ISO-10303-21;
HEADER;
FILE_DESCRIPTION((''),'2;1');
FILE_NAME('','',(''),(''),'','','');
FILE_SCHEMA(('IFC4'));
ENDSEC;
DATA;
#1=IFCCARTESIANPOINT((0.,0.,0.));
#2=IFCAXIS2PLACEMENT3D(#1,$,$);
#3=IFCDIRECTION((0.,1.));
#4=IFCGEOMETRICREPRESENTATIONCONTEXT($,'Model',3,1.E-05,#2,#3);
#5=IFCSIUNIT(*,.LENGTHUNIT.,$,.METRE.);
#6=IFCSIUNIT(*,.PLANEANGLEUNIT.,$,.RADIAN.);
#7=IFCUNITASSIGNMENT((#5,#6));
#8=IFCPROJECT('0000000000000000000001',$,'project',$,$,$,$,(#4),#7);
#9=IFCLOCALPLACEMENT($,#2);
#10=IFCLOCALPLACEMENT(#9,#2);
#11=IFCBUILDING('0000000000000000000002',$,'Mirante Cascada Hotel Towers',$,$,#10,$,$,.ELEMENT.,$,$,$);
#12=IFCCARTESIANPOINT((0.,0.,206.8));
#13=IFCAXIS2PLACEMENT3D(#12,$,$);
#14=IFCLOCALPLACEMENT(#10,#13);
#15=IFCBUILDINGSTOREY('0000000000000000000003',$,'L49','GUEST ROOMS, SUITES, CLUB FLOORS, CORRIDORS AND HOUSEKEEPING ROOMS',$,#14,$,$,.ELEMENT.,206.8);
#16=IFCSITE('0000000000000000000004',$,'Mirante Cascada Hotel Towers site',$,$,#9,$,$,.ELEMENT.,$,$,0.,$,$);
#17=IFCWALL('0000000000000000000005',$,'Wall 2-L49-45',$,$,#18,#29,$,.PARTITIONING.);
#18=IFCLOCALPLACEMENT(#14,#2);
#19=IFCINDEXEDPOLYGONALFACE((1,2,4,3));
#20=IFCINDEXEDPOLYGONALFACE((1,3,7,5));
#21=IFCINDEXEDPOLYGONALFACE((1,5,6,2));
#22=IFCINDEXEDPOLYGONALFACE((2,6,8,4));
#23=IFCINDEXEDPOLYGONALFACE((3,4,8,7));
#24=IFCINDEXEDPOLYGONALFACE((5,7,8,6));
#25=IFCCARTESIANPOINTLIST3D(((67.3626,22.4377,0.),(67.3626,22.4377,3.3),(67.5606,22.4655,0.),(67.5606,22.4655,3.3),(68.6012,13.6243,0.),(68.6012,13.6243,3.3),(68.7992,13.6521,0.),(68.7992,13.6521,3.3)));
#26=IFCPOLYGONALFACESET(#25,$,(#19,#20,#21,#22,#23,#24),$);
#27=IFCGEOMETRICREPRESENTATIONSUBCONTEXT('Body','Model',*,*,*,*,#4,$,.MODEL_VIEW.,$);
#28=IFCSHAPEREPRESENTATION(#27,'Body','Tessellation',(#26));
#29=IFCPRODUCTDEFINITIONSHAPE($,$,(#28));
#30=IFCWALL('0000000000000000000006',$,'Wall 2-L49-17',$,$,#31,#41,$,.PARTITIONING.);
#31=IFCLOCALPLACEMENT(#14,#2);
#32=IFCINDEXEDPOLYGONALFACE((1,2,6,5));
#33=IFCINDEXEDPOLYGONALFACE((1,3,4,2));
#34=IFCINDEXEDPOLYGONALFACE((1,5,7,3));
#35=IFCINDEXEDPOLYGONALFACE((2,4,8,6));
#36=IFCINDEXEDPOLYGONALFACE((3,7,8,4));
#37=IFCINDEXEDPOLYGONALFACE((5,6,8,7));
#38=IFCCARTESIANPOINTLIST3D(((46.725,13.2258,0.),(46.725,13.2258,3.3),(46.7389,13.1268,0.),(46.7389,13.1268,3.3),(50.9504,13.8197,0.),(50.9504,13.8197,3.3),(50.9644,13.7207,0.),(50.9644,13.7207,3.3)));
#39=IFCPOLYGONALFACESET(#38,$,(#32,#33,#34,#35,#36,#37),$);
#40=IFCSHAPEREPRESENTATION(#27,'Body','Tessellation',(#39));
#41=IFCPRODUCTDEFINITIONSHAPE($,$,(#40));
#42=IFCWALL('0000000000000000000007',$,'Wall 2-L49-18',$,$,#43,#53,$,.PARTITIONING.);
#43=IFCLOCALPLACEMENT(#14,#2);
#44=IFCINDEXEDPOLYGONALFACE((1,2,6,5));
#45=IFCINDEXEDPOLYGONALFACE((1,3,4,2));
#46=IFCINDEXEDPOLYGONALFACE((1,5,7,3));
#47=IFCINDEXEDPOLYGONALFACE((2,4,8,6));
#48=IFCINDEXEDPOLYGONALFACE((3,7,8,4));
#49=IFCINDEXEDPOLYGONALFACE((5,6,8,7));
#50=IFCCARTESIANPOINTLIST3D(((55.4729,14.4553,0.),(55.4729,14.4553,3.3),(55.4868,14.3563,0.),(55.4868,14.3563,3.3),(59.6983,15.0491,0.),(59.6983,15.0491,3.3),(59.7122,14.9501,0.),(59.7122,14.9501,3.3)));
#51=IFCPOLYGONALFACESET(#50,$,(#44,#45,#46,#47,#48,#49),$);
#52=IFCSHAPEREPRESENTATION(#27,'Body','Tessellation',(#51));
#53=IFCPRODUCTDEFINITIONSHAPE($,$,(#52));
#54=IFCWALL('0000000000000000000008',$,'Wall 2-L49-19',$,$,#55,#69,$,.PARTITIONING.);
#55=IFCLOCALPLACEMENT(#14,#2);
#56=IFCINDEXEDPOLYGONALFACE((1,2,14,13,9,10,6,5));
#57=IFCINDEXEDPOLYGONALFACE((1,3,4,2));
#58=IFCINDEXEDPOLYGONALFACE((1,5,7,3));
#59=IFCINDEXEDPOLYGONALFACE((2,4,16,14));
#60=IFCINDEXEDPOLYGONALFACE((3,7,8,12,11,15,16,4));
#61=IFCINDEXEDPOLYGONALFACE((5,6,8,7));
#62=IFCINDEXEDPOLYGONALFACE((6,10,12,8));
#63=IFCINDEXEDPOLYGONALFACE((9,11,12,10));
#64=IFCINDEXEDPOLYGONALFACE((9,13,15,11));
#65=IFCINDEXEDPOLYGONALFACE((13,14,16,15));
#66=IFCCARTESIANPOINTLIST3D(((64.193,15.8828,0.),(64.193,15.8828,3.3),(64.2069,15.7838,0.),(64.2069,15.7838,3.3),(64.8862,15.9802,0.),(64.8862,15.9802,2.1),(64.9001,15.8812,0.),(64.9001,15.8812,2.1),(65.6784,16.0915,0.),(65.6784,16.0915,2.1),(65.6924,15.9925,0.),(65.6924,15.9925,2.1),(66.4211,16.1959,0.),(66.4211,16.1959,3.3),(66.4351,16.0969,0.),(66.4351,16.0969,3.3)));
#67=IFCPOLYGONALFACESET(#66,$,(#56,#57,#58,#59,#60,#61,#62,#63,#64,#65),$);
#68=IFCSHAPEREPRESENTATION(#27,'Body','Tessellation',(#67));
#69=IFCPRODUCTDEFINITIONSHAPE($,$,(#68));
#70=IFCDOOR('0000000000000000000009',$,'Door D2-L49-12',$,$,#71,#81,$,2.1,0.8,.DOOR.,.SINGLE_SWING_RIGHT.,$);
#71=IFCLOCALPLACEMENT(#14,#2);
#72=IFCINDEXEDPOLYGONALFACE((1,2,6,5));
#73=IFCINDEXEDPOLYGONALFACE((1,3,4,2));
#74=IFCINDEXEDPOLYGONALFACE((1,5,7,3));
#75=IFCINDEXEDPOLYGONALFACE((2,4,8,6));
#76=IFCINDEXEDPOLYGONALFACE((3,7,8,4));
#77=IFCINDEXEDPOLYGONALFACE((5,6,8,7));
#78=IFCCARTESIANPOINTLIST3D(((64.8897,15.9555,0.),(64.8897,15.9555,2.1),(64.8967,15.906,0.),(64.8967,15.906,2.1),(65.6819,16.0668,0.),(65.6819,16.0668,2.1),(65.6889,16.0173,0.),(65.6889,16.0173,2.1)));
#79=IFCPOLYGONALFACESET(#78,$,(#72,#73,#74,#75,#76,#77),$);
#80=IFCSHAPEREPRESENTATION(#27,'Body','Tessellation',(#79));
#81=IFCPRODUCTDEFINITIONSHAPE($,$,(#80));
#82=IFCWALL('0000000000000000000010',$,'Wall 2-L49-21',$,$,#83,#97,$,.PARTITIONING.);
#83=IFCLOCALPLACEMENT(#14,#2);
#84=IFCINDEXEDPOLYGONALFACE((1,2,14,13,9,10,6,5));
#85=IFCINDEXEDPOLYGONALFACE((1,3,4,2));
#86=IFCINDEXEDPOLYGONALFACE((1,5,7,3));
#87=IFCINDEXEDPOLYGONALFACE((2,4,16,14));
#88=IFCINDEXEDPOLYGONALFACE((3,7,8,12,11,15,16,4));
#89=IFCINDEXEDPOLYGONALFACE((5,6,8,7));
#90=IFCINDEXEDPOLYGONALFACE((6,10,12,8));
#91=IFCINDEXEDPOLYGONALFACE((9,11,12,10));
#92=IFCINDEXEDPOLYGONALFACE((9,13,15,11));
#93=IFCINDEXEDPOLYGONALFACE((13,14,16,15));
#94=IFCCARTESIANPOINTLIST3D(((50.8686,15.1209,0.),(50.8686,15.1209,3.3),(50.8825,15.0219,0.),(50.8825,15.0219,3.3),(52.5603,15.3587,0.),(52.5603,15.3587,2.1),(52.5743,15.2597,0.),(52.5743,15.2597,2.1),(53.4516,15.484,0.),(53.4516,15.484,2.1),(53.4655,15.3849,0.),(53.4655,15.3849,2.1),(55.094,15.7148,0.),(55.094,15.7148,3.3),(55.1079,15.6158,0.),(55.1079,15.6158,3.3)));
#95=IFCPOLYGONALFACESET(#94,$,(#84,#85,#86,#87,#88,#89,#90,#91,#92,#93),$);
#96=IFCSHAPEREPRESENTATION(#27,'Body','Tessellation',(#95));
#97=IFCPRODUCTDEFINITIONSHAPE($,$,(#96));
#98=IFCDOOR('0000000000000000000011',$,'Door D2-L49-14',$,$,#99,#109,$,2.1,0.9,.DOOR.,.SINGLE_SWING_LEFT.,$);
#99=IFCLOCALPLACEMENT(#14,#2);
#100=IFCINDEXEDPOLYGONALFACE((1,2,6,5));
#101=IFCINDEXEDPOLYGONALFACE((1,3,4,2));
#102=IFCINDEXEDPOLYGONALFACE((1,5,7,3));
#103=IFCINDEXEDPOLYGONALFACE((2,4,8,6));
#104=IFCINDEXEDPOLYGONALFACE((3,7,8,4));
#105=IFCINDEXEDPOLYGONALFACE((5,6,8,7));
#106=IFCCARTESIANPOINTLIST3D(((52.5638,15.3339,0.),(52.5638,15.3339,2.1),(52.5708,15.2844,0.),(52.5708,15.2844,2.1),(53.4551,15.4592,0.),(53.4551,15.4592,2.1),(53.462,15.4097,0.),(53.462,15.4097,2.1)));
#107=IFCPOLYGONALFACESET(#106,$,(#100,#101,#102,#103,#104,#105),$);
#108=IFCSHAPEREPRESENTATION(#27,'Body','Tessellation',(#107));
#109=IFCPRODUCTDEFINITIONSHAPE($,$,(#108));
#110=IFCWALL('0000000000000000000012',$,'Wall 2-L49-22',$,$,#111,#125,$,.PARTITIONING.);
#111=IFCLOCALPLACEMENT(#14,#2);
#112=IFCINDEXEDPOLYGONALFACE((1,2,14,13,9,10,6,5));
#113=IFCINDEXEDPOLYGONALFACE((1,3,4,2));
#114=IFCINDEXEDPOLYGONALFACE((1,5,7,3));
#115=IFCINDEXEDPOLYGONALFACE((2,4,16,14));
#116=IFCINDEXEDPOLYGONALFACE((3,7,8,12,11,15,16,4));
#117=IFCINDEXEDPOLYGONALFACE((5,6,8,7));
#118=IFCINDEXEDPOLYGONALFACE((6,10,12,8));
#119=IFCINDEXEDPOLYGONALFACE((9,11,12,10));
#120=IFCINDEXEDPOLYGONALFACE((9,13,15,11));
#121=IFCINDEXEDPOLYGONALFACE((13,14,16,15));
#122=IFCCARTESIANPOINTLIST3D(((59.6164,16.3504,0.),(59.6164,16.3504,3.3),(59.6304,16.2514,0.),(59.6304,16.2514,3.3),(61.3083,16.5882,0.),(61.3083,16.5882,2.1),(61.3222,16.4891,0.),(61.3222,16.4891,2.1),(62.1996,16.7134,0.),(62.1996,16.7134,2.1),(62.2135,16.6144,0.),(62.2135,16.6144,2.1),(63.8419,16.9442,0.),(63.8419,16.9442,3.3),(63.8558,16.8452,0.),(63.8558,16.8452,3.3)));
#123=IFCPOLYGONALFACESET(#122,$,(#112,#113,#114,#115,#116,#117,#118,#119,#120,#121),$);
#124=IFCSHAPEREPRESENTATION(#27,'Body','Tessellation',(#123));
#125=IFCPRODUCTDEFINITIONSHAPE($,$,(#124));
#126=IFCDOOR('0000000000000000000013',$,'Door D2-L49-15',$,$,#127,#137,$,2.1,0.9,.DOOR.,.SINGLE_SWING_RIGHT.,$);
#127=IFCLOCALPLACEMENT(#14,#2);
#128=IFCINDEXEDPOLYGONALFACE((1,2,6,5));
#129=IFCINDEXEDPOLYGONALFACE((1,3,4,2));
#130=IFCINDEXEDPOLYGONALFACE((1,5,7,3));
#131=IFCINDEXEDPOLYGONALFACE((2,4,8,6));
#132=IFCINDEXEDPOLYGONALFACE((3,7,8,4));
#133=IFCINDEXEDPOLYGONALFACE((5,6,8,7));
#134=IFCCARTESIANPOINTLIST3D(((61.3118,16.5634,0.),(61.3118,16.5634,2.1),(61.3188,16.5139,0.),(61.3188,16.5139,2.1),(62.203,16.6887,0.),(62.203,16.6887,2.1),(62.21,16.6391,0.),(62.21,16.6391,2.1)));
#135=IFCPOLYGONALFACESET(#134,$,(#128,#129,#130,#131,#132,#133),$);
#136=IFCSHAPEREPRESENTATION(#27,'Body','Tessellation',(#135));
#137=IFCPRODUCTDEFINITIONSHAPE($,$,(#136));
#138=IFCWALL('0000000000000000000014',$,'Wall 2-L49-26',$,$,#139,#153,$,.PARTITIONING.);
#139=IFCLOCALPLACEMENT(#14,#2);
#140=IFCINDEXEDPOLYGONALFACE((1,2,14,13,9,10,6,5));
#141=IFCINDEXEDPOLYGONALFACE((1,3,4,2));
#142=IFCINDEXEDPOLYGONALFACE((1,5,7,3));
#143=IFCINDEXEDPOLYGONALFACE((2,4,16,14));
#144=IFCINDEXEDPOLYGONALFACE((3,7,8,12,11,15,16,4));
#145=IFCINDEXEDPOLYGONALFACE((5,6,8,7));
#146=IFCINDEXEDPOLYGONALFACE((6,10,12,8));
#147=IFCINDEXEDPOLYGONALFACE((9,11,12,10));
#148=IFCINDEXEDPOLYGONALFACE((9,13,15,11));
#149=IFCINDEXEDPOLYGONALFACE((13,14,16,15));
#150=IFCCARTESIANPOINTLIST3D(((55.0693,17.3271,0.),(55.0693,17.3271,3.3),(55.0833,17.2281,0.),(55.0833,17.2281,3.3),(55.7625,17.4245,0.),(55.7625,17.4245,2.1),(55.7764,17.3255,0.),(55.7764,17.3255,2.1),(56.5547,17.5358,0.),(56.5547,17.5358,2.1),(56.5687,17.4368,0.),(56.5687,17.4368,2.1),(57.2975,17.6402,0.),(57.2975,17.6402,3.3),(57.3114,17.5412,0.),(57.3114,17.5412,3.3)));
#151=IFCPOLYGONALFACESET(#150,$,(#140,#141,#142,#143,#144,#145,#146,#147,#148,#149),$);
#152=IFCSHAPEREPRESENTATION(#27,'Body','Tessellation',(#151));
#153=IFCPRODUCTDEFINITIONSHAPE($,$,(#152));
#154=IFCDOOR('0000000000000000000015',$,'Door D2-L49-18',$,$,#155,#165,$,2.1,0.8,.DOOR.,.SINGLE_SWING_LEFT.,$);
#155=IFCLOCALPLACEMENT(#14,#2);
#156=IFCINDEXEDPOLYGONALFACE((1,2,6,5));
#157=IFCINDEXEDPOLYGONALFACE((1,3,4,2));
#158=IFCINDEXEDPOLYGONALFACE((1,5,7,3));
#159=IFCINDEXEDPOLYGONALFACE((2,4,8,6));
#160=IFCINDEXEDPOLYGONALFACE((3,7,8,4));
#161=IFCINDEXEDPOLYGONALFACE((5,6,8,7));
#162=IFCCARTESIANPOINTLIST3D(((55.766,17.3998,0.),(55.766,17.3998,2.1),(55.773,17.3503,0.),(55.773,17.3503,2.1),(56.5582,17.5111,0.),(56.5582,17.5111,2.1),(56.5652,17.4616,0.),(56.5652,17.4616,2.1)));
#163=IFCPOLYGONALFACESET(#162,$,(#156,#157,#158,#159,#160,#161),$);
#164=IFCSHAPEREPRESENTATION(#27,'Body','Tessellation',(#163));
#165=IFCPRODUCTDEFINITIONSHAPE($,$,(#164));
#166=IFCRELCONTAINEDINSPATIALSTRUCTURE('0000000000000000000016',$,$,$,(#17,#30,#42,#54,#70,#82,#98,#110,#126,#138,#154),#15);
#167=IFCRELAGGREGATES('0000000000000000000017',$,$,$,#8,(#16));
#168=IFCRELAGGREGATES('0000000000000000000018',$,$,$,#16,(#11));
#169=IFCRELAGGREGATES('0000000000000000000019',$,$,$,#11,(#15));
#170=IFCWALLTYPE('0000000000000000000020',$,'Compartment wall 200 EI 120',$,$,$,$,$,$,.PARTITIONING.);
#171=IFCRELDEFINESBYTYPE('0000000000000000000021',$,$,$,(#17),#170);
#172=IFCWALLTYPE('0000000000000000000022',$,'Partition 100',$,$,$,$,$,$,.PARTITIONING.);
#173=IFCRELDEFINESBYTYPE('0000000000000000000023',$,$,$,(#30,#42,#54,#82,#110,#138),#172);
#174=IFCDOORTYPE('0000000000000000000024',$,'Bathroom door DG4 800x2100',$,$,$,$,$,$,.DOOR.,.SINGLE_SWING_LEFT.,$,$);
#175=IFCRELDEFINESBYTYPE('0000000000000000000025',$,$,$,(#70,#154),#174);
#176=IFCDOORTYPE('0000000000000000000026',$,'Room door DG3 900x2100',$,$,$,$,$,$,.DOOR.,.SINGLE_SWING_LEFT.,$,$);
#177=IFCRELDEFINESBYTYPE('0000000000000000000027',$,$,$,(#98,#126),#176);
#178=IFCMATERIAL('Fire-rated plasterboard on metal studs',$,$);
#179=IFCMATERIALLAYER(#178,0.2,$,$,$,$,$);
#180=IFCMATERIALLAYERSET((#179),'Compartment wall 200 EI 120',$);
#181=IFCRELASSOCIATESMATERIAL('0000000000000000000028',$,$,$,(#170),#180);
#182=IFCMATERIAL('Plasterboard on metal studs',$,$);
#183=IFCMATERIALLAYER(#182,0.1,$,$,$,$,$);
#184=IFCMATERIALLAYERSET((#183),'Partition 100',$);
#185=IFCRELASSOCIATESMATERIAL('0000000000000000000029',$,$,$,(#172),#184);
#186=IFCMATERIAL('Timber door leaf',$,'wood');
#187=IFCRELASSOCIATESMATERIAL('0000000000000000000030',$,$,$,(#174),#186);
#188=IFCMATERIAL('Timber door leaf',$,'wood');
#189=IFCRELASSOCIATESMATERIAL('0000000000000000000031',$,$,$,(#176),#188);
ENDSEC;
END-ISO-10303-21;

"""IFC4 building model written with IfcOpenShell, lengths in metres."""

from ifc_helpers import new_model, si_unit, direction, frame, frame_2d, origin, place, context, subcontext, project, spatial, rectangle, extrude, material, layer, layer_set, type_object, element, fill, save


model = new_model("IFC4")

# Units and contexts
model_context = context("Model", 3, precision=1e-05, world=origin(), true_north=direction((0.0, 1.0)))
body_context = subcontext(model_context, "Body", "Model", "MODEL_VIEW")
ifc_project = project(units=[si_unit("LENGTHUNIT", "METRE"), si_unit("PLANEANGLEUNIT", "RADIAN")], contexts=[model_context])

# Site, building, storey
site_placement = place(None, origin())
site = spatial("IfcSite", under=ifc_project, at=site_placement, Name="Mirante Cascada Hotel Towers site", CompositionType="ELEMENT", RefElevation=0.0)
building_placement = place(site_placement, origin())
building = spatial("IfcBuilding", under=site, at=building_placement, Name="Mirante Cascada Hotel Towers", CompositionType="ELEMENT")
storey_placement = place(building_placement, frame((0.0, 0.0, 206.8)))
storey = spatial("IfcBuildingStorey", under=building, at=storey_placement, Name="L49", Description="GUEST ROOMS, SUITES, CLUB FLOORS, CORRIDORS AND HOUSEKEEPING ROOMS", CompositionType="ELEMENT", Elevation=206.8)

# Walls
ifc_material_1 = material(Name="Fire-rated plasterboard on metal studs")
ifc_layer_1 = layer(ifc_material_1, 0.2)
ifc_layer_set_1 = layer_set([ifc_layer_1], Name="Compartment wall 200 EI 120")
wall_type_1 = type_object("IfcWallType", Name="Compartment wall 200 EI 120", PredefinedType="PARTITIONING", material=ifc_layer_set_1)
for number, where, z_axis, x_axis, name in (
    (1, (67.4616, 22.4516, 0.0), (0.0, 0.0, 1.0), (0.139168, -0.990269, 0.0), "Wall 2-L49-45"),
):
    element("IfcWall", number, at=place(storey_placement, frame(where, z_axis=z_axis, x_axis=x_axis)), inside=storey, type_object=wall_type_1, Name=name, PredefinedType="PARTITIONING", context=body_context, shape_type="SweptSolid", body=[
        extrude(rectangle(XDim=8.9, YDim=0.2, at=frame_2d((4.45, 0.0))), origin(), (0.0, 0.0, 1.0), 3.3),
    ])
ifc_material_2 = material(Name="Plasterboard on metal studs")
ifc_layer_2 = layer(ifc_material_2, 0.1)
ifc_layer_set_2 = layer_set([ifc_layer_2], Name="Partition 100")
wall_type_2 = type_object("IfcWallType", Name="Partition 100", PredefinedType="PARTITIONING", material=ifc_layer_set_2)
wall_1_placement = place(storey_placement, frame((50.9574, 13.7702, 0.0), z_axis=(0.0, 0.0, 1.0), x_axis=(-0.990267, -0.139183, 0.0)))
element("IfcWall", 2, at=wall_1_placement, inside=storey, type_object=wall_type_2, Name="Wall 2-L49-17", PredefinedType="PARTITIONING", context=body_context, shape_type="SweptSolid", body=[
    extrude(rectangle(XDim=4.267, YDim=0.1, at=frame_2d((2.1335, 0.0))), origin(), (0.0, 0.0, 1.0), 3.3),
])
wall_2_placement = place(storey_placement, frame((55.4799, 14.4058, 0.0), z_axis=(0.0, 0.0, 1.0), x_axis=(0.990269, 0.139164, 0.0)))
element("IfcWall", 3, at=wall_2_placement, inside=storey, type_object=wall_type_2, Name="Wall 2-L49-18", PredefinedType="PARTITIONING", context=body_context, shape_type="SweptSolid", body=[
    extrude(rectangle(XDim=4.2669, YDim=0.1, at=frame_2d((2.1334, 0.0))), origin(), (0.0, 0.0, 1.0), 3.3),
])

# Walls, openings, doors
wall_3_placement = place(storey_placement, frame((66.4281, 16.1464, 0.0), z_axis=(0.0, 0.0, 1.0), x_axis=(-0.990271, -0.139156, 0.0)))
wall_3 = element("IfcWall", 4, at=wall_3_placement, inside=storey, type_object=wall_type_2, Name="Wall 2-L49-19", PredefinedType="PARTITIONING", context=body_context, shape_type="SweptSolid", body=[
    extrude(rectangle(XDim=2.25, YDim=0.1, at=frame_2d((1.125, 0.0))), origin(), (0.0, 0.0, 1.0), 3.3),
])
opening_1_placement = place(wall_3_placement, frame((0.75, 0.0, 0.0)))
opening_1 = element("IfcOpeningElement", 5, at=opening_1_placement, cuts=wall_3, PredefinedType="OPENING", context=body_context, shape_type="SweptSolid", body=[
    extrude(rectangle(XDim=0.8, YDim=2.1, at=frame_2d((0.4, 1.05))), frame((0.0, 0.05, 0.0), z_axis=(0.0, -1.0, 0.0), x_axis=(1.0, 0.0, 0.0)), (0.0, 0.0, 1.0), 0.1),
])
ifc_material_3 = material(Name="Timber door leaf", Category="wood")
door_type_1 = type_object("IfcDoorType", Name="Bathroom door DG4 800x2100", OperationType="SINGLE_SWING_LEFT", PredefinedType="DOOR", material=ifc_material_3)
door_1_placement = place(opening_1_placement, frame((0.8, 0.0, 0.0), z_axis=(0.0, 0.0, 1.0), x_axis=(-1.0, 0.0, 0.0)))
door_1 = element("IfcDoor", 6, at=door_1_placement, inside=storey, type_object=door_type_1, Name="Door D2-L49-12", OperationType="SINGLE_SWING_RIGHT", OverallHeight=2.1, OverallWidth=0.8, PredefinedType="DOOR", context=body_context, shape_type="SweptSolid", body=[
    extrude(rectangle(XDim=0.8, YDim=2.1, at=frame_2d((0.4, 1.05))), frame((0.0, 0.025, 0.0), z_axis=(0.0, -1.0, 0.0), x_axis=(1.0, 0.0, 0.0)), (0.0, 0.0, 1.0), 0.05),
])
fill(opening_1, door_1)
wall_4_placement = place(storey_placement, frame((55.1009, 15.6653, 0.0), z_axis=(0.0, 0.0, 1.0), x_axis=(-0.990266, -0.139187, 0.0)))
wall_4 = element("IfcWall", 7, at=wall_4_placement, inside=storey, type_object=wall_type_2, Name="Wall 2-L49-21", PredefinedType="PARTITIONING", context=body_context, shape_type="SweptSolid", body=[
    extrude(rectangle(XDim=4.2669, YDim=0.1, at=frame_2d((2.1334, 0.0))), origin(), (0.0, 0.0, 1.0), 3.3),
])
opening_2_placement = place(wall_4_placement, frame((1.6585, 0.0, 0.0)))
opening_2 = element("IfcOpeningElement", 8, at=opening_2_placement, cuts=wall_4, PredefinedType="OPENING", context=body_context, shape_type="SweptSolid", body=[
    extrude(rectangle(XDim=0.9, YDim=2.1, at=frame_2d((0.45, 1.05))), frame((0.0, 0.05, 0.0), z_axis=(0.0, -1.0, 0.0), x_axis=(1.0, 0.0, 0.0)), (0.0, 0.0, 1.0), 0.1),
])
ifc_material_4 = material(Name="Timber door leaf", Category="wood")
door_type_2 = type_object("IfcDoorType", Name="Room door DG3 900x2100", OperationType="SINGLE_SWING_LEFT", PredefinedType="DOOR", material=ifc_material_4)
door_2_placement = place(opening_2_placement, origin())
door_2 = element("IfcDoor", 9, at=door_2_placement, inside=storey, type_object=door_type_2, Name="Door D2-L49-14", OperationType="SINGLE_SWING_LEFT", OverallHeight=2.1, OverallWidth=0.9, PredefinedType="DOOR", context=body_context, shape_type="SweptSolid", body=[
    extrude(rectangle(XDim=0.9, YDim=2.1, at=frame_2d((0.45, 1.05))), frame((0.0, 0.025, 0.0), z_axis=(0.0, -1.0, 0.0), x_axis=(1.0, 0.0, 0.0)), (0.0, 0.0, 1.0), 0.05),
])
fill(opening_2, door_2)
wall_5_placement = place(storey_placement, frame((59.6234, 16.3009, 0.0), z_axis=(0.0, 0.0, 1.0), x_axis=(0.99027, 0.13916, 0.0)))
wall_5 = element("IfcWall", 10, at=wall_5_placement, inside=storey, type_object=wall_type_2, Name="Wall 2-L49-22", PredefinedType="PARTITIONING", context=body_context, shape_type="SweptSolid", body=[
    extrude(rectangle(XDim=4.267, YDim=0.1, at=frame_2d((2.1335, 0.0))), origin(), (0.0, 0.0, 1.0), 3.3),
])
opening_3_placement = place(wall_5_placement, frame((1.7085, 0.0, 0.0)))
opening_3 = element("IfcOpeningElement", 11, at=opening_3_placement, cuts=wall_5, PredefinedType="OPENING", context=body_context, shape_type="SweptSolid", body=[
    extrude(rectangle(XDim=0.9, YDim=2.1, at=frame_2d((0.45, 1.05))), frame((0.0, 0.05, 0.0), z_axis=(0.0, -1.0, 0.0), x_axis=(1.0, 0.0, 0.0)), (0.0, 0.0, 1.0), 0.1),
])
door_3_placement = place(opening_3_placement, frame((0.9, 0.0, 0.0), z_axis=(0.0, 0.0, 1.0), x_axis=(-1.0, 0.0, 0.0)))
door_3 = element("IfcDoor", 12, at=door_3_placement, inside=storey, type_object=door_type_2, Name="Door D2-L49-15", OperationType="SINGLE_SWING_RIGHT", OverallHeight=2.1, OverallWidth=0.9, PredefinedType="DOOR", context=body_context, shape_type="SweptSolid", body=[
    extrude(rectangle(XDim=0.9, YDim=2.1, at=frame_2d((0.45, 1.05))), frame((0.0, 0.025, 0.0), z_axis=(0.0, -1.0, 0.0), x_axis=(1.0, 0.0, 0.0)), (0.0, 0.0, 1.0), 0.05),
])
fill(opening_3, door_3)
wall_6_placement = place(storey_placement, frame((55.0763, 17.2776, 0.0), z_axis=(0.0, 0.0, 1.0), x_axis=(0.990271, 0.139156, 0.0)))
wall_6 = element("IfcWall", 13, at=wall_6_placement, inside=storey, type_object=wall_type_2, Name="Wall 2-L49-26", PredefinedType="PARTITIONING", context=body_context, shape_type="SweptSolid", body=[
    extrude(rectangle(XDim=2.25, YDim=0.1, at=frame_2d((1.125, 0.0))), origin(), (0.0, 0.0, 1.0), 3.3),
])
opening_4_placement = place(wall_6_placement, frame((0.7, 0.0, 0.0)))
opening_4 = element("IfcOpeningElement", 14, at=opening_4_placement, cuts=wall_6, PredefinedType="OPENING", context=body_context, shape_type="SweptSolid", body=[
    extrude(rectangle(XDim=0.8, YDim=2.1, at=frame_2d((0.4, 1.05))), frame((0.0, 0.05, 0.0), z_axis=(0.0, -1.0, 0.0), x_axis=(1.0, 0.0, 0.0)), (0.0, 0.0, 1.0), 0.1),
])
door_4_placement = place(opening_4_placement, origin())
door_4 = element("IfcDoor", 15, at=door_4_placement, inside=storey, type_object=door_type_1, Name="Door D2-L49-18", OperationType="SINGLE_SWING_LEFT", OverallHeight=2.1, OverallWidth=0.8, PredefinedType="DOOR", context=body_context, shape_type="SweptSolid", body=[
    extrude(rectangle(XDim=0.8, YDim=2.1, at=frame_2d((0.4, 1.05))), frame((0.0, 0.025, 0.0), z_axis=(0.0, -1.0, 0.0), x_axis=(1.0, 0.0, 0.0)), (0.0, 0.0, 1.0), 0.05),
])
fill(opening_4, door_4)

save(model, "model.ifc")
